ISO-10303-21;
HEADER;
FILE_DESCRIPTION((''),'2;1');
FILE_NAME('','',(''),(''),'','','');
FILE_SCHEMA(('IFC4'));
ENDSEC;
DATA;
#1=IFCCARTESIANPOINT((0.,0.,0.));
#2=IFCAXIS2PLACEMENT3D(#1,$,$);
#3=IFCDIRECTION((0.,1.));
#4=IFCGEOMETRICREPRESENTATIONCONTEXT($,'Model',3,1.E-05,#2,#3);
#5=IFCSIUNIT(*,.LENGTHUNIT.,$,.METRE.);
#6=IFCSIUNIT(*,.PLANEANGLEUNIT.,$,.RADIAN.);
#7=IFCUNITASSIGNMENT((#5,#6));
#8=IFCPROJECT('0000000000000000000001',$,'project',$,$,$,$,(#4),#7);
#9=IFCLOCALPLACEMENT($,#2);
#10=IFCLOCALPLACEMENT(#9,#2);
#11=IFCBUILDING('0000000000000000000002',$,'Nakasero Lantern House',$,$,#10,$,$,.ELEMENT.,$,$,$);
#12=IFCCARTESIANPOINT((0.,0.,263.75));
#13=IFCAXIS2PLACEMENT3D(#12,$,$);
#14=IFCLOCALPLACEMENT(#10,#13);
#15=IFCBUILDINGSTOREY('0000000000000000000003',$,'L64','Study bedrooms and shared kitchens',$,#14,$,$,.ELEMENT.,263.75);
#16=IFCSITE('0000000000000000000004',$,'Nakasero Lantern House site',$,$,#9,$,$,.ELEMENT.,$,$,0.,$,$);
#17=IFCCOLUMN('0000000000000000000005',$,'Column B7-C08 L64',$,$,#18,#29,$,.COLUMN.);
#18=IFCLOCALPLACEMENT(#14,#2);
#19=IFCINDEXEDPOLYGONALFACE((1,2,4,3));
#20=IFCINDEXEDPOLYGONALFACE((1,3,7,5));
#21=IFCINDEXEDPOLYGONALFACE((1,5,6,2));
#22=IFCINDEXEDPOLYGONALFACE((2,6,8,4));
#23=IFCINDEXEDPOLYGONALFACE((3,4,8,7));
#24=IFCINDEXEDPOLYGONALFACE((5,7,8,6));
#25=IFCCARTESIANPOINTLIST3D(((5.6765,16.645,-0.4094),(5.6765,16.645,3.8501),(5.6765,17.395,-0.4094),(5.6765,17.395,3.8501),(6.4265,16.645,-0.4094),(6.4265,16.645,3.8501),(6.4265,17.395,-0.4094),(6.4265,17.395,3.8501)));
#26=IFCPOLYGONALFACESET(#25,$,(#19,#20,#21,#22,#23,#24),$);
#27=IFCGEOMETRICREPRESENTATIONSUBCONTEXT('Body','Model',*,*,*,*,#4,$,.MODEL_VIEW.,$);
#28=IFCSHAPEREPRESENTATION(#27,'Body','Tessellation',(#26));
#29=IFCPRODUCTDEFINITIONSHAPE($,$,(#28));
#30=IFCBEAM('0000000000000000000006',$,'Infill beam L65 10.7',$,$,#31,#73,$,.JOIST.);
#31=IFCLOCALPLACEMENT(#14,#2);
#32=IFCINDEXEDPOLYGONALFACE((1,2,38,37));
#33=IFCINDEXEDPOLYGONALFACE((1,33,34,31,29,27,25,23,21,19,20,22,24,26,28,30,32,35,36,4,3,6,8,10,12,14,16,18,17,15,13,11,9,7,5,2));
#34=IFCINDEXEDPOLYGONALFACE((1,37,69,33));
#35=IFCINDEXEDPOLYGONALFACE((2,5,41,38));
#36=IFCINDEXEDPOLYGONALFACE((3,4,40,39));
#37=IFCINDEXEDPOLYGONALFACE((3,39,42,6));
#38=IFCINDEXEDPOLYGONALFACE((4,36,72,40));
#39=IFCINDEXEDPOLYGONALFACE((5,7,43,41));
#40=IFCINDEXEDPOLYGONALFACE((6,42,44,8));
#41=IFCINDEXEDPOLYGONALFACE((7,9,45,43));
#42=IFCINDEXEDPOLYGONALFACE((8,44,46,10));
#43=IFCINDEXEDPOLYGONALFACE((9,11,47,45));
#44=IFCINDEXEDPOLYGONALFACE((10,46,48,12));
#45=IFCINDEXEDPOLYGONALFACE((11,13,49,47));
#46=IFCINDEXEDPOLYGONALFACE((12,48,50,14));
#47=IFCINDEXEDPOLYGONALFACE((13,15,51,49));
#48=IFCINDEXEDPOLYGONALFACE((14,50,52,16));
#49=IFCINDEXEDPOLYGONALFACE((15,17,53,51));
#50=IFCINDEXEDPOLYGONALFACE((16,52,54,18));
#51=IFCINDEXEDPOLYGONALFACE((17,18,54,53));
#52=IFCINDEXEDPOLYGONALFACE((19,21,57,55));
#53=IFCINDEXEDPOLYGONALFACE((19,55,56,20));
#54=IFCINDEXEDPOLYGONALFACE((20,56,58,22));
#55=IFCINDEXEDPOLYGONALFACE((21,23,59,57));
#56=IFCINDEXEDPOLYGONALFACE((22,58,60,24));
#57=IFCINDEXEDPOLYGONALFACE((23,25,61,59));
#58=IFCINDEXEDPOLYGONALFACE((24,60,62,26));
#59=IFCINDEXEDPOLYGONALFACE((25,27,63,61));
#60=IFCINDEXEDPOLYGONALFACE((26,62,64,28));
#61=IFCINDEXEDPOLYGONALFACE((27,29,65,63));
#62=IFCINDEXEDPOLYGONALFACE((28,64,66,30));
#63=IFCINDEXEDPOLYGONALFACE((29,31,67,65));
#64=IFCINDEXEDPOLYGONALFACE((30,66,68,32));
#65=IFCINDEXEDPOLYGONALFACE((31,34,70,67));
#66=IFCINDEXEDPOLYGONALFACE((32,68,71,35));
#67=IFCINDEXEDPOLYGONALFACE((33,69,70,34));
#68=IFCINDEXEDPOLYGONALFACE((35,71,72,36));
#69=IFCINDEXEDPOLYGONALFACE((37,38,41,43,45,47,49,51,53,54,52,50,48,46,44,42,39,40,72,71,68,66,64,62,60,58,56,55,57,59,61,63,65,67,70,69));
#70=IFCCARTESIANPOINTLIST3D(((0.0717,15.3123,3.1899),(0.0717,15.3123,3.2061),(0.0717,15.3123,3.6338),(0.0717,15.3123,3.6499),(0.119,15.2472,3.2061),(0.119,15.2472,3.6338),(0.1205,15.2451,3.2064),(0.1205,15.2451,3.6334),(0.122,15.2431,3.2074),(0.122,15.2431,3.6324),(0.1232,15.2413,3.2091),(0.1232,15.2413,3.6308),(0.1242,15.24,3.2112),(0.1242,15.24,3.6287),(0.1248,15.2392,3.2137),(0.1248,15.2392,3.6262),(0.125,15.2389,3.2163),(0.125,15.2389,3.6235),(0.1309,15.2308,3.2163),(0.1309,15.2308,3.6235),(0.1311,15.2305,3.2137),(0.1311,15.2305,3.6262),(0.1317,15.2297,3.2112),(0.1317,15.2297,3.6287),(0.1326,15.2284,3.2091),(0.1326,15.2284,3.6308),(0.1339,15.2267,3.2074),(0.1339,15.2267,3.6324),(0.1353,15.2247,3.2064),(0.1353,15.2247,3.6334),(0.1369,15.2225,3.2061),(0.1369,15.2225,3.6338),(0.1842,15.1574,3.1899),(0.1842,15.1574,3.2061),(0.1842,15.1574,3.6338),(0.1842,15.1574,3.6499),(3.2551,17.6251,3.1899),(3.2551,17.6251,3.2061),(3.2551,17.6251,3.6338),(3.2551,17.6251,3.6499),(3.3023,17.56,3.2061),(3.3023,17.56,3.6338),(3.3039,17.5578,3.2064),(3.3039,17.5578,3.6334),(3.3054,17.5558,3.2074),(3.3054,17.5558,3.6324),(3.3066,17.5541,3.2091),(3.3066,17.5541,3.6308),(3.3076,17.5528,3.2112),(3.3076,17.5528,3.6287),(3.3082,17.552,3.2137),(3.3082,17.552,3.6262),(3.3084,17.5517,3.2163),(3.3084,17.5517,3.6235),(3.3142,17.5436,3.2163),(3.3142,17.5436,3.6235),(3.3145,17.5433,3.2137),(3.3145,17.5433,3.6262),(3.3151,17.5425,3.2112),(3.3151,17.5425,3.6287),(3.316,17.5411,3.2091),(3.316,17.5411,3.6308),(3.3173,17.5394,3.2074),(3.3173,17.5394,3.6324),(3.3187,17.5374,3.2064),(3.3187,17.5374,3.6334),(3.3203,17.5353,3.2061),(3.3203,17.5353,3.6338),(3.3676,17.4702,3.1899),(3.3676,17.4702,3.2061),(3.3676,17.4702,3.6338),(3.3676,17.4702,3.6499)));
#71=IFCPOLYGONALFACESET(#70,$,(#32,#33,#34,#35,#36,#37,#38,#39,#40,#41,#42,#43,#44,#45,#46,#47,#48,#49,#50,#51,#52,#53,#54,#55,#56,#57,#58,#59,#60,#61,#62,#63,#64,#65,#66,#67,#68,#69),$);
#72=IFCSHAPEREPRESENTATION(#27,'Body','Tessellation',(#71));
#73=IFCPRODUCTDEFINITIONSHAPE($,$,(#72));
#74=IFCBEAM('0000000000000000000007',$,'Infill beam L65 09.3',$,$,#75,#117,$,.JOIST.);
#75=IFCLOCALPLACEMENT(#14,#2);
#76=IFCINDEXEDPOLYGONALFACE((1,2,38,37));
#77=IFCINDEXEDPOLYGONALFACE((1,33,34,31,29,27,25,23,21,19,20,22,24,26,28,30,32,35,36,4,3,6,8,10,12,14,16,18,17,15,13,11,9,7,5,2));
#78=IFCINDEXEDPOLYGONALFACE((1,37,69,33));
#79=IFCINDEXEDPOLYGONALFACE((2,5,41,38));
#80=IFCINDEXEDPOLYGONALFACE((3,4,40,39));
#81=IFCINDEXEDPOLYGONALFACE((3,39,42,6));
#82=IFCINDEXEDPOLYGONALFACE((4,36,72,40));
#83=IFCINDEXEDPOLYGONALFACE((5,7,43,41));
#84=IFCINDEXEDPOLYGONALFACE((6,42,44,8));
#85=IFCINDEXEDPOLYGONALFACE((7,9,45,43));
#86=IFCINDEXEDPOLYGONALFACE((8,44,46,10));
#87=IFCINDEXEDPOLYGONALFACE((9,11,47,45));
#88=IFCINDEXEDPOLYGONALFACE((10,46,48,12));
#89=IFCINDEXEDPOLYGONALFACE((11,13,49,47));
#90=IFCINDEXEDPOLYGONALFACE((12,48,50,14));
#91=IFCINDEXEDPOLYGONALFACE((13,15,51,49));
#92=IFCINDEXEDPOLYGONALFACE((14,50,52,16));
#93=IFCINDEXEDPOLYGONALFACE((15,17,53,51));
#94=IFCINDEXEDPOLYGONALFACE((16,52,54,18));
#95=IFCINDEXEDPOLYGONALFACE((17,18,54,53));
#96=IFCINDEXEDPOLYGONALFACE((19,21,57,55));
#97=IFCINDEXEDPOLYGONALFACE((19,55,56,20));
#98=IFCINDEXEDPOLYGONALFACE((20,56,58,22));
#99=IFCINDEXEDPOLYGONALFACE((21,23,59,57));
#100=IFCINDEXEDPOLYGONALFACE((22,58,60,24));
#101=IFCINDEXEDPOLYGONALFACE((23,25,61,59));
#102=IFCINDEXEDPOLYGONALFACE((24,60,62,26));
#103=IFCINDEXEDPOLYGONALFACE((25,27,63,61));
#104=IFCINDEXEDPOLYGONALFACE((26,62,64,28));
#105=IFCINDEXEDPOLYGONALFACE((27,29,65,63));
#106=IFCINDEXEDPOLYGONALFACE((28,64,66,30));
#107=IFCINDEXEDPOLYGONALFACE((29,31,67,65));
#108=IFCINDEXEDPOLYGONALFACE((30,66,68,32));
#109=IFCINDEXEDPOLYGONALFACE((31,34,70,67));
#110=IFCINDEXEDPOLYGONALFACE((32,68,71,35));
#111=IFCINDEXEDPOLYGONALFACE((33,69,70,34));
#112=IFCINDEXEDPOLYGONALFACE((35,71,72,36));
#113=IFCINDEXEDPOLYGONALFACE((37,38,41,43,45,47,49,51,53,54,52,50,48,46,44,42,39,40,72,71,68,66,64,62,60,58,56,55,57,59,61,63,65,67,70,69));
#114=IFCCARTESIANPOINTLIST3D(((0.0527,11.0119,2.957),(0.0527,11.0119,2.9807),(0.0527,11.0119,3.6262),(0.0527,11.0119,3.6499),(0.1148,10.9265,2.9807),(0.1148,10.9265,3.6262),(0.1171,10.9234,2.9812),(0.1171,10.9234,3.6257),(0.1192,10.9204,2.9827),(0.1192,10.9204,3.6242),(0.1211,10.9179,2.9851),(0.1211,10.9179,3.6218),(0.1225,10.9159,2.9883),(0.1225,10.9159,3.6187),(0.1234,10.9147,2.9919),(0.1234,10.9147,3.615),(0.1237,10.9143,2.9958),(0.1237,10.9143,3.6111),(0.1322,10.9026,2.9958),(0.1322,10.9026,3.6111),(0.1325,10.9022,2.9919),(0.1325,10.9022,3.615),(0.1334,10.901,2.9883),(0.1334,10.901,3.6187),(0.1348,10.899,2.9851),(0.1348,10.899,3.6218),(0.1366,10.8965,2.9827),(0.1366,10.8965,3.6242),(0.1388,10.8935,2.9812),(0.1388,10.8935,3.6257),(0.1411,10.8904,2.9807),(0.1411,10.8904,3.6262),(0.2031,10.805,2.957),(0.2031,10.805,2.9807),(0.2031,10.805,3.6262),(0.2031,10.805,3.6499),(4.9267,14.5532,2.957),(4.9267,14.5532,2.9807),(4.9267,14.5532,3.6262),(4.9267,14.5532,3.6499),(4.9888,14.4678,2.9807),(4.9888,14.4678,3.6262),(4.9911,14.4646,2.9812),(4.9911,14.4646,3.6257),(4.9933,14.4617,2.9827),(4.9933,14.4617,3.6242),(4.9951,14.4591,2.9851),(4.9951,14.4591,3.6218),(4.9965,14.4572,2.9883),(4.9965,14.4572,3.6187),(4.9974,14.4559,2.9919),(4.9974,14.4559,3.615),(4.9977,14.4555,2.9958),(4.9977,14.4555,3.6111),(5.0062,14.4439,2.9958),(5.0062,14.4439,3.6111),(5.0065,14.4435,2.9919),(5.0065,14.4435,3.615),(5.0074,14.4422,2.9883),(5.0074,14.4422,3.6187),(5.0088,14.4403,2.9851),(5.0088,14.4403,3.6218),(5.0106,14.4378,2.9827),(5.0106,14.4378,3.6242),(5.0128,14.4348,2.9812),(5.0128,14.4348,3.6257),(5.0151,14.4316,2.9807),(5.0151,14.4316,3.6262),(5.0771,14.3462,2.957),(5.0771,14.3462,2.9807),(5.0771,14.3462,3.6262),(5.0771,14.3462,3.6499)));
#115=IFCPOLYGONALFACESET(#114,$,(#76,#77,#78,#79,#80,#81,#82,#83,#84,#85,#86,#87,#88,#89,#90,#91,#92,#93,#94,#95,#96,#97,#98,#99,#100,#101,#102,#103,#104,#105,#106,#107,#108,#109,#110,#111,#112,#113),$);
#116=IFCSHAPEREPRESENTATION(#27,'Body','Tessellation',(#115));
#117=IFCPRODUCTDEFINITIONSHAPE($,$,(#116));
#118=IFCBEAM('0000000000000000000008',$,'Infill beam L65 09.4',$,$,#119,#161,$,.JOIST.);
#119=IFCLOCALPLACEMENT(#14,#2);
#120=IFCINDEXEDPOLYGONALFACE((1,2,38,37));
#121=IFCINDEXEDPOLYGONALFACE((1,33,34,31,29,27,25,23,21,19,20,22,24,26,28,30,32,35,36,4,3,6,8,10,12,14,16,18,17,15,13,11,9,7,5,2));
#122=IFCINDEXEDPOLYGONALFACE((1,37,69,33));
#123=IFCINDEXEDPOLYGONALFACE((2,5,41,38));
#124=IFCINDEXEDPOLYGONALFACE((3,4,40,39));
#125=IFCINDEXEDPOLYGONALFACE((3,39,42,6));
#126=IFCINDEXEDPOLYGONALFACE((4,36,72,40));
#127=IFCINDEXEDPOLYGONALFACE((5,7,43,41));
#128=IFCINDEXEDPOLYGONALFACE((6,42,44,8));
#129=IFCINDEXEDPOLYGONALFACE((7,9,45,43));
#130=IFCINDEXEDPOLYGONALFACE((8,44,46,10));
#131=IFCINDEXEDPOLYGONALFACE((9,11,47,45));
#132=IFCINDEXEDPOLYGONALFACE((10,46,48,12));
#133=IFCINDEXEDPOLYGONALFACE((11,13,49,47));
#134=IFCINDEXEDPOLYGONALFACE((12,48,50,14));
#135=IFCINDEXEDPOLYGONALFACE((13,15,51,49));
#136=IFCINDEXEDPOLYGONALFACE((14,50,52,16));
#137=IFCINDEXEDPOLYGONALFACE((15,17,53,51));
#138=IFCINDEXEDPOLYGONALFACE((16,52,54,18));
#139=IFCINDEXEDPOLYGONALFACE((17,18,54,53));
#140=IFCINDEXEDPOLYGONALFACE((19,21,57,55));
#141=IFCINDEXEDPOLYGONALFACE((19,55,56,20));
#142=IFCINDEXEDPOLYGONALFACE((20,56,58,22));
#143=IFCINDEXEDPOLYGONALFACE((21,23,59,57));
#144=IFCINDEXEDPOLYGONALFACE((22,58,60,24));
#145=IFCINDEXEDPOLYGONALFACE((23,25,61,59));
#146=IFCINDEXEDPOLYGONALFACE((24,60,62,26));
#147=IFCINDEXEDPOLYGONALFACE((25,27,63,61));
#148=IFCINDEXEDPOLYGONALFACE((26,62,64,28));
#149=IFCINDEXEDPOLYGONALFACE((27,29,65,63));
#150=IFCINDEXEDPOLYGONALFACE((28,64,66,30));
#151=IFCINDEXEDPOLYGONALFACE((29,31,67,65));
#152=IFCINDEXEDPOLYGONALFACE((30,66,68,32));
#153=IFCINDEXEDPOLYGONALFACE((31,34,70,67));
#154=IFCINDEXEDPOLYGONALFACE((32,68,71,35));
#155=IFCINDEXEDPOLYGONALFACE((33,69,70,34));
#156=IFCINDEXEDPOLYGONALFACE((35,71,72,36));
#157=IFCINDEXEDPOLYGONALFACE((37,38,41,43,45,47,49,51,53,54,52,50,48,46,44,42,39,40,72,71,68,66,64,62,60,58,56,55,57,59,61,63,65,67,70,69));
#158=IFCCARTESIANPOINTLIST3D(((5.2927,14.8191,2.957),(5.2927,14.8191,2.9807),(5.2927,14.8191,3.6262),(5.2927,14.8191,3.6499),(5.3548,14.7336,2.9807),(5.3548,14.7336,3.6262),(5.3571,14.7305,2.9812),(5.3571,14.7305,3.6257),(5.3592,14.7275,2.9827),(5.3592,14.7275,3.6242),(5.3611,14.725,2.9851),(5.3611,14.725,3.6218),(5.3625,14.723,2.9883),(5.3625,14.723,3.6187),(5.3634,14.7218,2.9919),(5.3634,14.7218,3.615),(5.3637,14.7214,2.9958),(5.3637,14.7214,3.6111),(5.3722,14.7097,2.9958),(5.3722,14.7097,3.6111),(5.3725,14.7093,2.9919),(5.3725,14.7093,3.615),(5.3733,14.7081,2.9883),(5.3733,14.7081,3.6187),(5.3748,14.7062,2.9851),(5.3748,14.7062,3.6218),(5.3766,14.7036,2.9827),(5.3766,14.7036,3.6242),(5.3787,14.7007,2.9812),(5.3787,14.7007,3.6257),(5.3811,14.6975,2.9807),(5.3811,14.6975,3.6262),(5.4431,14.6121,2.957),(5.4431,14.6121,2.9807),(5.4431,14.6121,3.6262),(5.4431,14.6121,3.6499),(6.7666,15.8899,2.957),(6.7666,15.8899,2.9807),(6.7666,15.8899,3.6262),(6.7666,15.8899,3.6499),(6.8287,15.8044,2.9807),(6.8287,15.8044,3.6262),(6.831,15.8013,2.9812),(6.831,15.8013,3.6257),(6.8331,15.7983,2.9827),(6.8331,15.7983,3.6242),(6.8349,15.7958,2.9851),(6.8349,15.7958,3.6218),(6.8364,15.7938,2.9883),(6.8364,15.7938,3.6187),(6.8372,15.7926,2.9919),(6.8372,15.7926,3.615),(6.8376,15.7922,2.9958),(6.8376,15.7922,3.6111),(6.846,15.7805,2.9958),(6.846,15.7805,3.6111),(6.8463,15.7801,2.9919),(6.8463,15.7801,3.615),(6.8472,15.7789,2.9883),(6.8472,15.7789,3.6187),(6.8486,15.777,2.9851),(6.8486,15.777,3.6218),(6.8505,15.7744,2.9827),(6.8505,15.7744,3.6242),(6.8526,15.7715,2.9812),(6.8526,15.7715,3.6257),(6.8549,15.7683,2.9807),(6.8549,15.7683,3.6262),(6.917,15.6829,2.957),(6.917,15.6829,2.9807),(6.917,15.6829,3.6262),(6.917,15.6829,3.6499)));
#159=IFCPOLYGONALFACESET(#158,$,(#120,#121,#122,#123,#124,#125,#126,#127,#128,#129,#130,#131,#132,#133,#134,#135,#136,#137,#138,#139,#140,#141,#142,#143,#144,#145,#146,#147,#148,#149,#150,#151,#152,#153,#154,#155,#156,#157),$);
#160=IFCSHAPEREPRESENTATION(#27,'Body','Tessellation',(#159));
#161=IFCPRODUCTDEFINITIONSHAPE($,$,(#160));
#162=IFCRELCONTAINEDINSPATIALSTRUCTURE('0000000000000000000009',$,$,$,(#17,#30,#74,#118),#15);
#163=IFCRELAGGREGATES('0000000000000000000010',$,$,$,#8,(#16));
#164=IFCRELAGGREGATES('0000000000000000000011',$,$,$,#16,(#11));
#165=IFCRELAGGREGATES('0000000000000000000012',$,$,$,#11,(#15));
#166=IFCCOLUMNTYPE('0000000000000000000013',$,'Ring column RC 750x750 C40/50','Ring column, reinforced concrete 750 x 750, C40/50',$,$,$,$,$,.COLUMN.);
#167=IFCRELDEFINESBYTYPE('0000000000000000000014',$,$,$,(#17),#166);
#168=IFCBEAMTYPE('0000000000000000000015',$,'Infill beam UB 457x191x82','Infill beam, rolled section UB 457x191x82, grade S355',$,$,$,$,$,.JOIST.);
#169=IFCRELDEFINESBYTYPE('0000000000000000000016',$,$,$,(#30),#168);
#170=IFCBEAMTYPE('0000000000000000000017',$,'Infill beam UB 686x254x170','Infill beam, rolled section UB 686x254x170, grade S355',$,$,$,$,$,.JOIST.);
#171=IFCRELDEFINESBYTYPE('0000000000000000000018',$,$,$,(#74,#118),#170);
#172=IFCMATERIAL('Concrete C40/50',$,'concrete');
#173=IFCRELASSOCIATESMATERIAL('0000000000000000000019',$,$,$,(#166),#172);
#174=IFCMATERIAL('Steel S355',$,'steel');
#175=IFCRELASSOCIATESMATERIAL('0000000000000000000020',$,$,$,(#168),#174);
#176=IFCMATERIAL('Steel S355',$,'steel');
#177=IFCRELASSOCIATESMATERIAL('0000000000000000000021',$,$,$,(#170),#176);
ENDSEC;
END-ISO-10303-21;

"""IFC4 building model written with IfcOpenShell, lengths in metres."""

from ifc_helpers import new_model, si_unit, direction, frame, origin, origin_2d, place, context, subcontext, project, spatial, rectangle, i_section, extrude, material, material_profile, profile_set, type_object, element, save


model = new_model("IFC4")

# Units and contexts
model_context = context("Model", 3, precision=1e-05, world=origin(), true_north=direction((0.0, 1.0)))
body_context = subcontext(model_context, "Body", "Model", "MODEL_VIEW")
ifc_project = project(units=[si_unit("LENGTHUNIT", "METRE"), si_unit("PLANEANGLEUNIT", "RADIAN")], contexts=[model_context])

# Site, building, storey
site_placement = place(None, origin())
site = spatial("IfcSite", under=ifc_project, at=site_placement, Name="Nakasero Lantern House site", CompositionType="ELEMENT", RefElevation=0.0)
building_placement = place(site_placement, origin())
building = spatial("IfcBuilding", under=site, at=building_placement, Name="Nakasero Lantern House", CompositionType="ELEMENT")
storey_placement = place(building_placement, frame((0.0, 0.0, 263.75)))
storey = spatial("IfcBuildingStorey", under=building, at=storey_placement, Name="L64", Description="Study bedrooms and shared kitchens", CompositionType="ELEMENT", Elevation=263.75)

# Column
ifc_material_1 = material(Name="Concrete C40/50", Category="concrete")
ifc_material_profile_1 = material_profile(ifc_material_1, rectangle(XDim=0.75, YDim=0.75, at=origin_2d()), Name="RC 750x750")
ifc_profile_set_1 = profile_set([ifc_material_profile_1], Name="Concrete C40/50")
column_type = type_object("IfcColumnType", Name="Ring column RC 750x750 C40/50", Description="Ring column, reinforced concrete 750 x 750, C40/50", PredefinedType="COLUMN", material=ifc_profile_set_1)
column_placement = place(storey_placement, frame((6.0515, 17.02, -0.4094), z_axis=(0.0, 0.0, 1.0), x_axis=(1.0, 0.0, 0.0)))
element("IfcColumn", 1, at=column_placement, inside=storey, type_object=column_type, Name="Column B7-C08 L64", PredefinedType="COLUMN", context=body_context, shape_type="SweptSolid", body=[
    extrude(rectangle(XDim=0.75, YDim=0.75, at=origin_2d()), origin(), (0.0, 0.0, 1.0), 4.2595),
])

# Beams
ifc_material_2 = material(Name="Steel S355", Category="steel")
ifc_material_profile_2 = material_profile(ifc_material_2, i_section(OverallWidth=0.1914, OverallDepth=0.46, WebThickness=0.01, FlangeThickness=0.0161, FilletRadius=0.0103, at=origin_2d()), Name="UB 457x191x82")
ifc_profile_set_2 = profile_set([ifc_material_profile_2], Name="Steel S355")
beam_type_1 = type_object("IfcBeamType", Name="Infill beam UB 457x191x82", Description="Infill beam, rolled section UB 457x191x82, grade S355", PredefinedType="JOIST", material=ifc_profile_set_2)
beam_1_placement = place(storey_placement, frame((0.1279, 15.2349, 3.4199), z_axis=(0.809028, 0.587769, 0.0), x_axis=(-0.587769, 0.809028, 0.0)))
element("IfcBeam", 2, at=beam_1_placement, inside=storey, type_object=beam_type_1, Name="Infill beam L65 10.7", PredefinedType="JOIST", context=body_context, shape_type="SweptSolid", body=[
    extrude(i_section(OverallWidth=0.1914, OverallDepth=0.46, WebThickness=0.01, FlangeThickness=0.0161, FilletRadius=0.0103, at=origin_2d()), origin(), (0.0, 0.0, 1.0), 3.9348),
])
ifc_material_3 = material(Name="Steel S355", Category="steel")
ifc_material_profile_3 = material_profile(ifc_material_3, i_section(OverallWidth=0.2559, OverallDepth=0.6929, WebThickness=0.0144, FlangeThickness=0.0237, FilletRadius=0.0151, at=origin_2d()), Name="UB 686x254x170")
ifc_profile_set_3 = profile_set([ifc_material_profile_3], Name="Steel S355")
beam_type_2 = type_object("IfcBeamType", Name="Infill beam UB 686x254x170", Description="Infill beam, rolled section UB 686x254x170, grade S355", PredefinedType="JOIST", material=ifc_profile_set_3)
beam_2_placement = place(storey_placement, frame((0.1279, 10.9084, 3.3035), z_axis=(0.809011, 0.587793, 0.0), x_axis=(-0.587793, 0.809011, 0.0)))
element("IfcBeam", 3, at=beam_2_placement, inside=storey, type_object=beam_type_2, Name="Infill beam L65 09.3", PredefinedType="JOIST", context=body_context, shape_type="SweptSolid", body=[
    extrude(i_section(OverallWidth=0.2559, OverallDepth=0.6929, WebThickness=0.0144, FlangeThickness=0.0237, FilletRadius=0.0151, at=origin_2d()), origin(), (0.0, 0.0, 1.0), 6.0247),
])
beam_3_placement = place(storey_placement, frame((5.3679, 14.7156, 3.3035), z_axis=(0.809026, 0.587773, 0.0), x_axis=(-0.587773, 0.809026, 0.0)))
element("IfcBeam", 4, at=beam_3_placement, inside=storey, type_object=beam_type_2, Name="Infill beam L65 09.4", PredefinedType="JOIST", context=body_context, shape_type="SweptSolid", body=[
    extrude(i_section(OverallWidth=0.2559, OverallDepth=0.6929, WebThickness=0.0144, FlangeThickness=0.0237, FilletRadius=0.0151, at=origin_2d()), origin(), (0.0, 0.0, 1.0), 1.8218),
])

save(model, "model.ifc")
